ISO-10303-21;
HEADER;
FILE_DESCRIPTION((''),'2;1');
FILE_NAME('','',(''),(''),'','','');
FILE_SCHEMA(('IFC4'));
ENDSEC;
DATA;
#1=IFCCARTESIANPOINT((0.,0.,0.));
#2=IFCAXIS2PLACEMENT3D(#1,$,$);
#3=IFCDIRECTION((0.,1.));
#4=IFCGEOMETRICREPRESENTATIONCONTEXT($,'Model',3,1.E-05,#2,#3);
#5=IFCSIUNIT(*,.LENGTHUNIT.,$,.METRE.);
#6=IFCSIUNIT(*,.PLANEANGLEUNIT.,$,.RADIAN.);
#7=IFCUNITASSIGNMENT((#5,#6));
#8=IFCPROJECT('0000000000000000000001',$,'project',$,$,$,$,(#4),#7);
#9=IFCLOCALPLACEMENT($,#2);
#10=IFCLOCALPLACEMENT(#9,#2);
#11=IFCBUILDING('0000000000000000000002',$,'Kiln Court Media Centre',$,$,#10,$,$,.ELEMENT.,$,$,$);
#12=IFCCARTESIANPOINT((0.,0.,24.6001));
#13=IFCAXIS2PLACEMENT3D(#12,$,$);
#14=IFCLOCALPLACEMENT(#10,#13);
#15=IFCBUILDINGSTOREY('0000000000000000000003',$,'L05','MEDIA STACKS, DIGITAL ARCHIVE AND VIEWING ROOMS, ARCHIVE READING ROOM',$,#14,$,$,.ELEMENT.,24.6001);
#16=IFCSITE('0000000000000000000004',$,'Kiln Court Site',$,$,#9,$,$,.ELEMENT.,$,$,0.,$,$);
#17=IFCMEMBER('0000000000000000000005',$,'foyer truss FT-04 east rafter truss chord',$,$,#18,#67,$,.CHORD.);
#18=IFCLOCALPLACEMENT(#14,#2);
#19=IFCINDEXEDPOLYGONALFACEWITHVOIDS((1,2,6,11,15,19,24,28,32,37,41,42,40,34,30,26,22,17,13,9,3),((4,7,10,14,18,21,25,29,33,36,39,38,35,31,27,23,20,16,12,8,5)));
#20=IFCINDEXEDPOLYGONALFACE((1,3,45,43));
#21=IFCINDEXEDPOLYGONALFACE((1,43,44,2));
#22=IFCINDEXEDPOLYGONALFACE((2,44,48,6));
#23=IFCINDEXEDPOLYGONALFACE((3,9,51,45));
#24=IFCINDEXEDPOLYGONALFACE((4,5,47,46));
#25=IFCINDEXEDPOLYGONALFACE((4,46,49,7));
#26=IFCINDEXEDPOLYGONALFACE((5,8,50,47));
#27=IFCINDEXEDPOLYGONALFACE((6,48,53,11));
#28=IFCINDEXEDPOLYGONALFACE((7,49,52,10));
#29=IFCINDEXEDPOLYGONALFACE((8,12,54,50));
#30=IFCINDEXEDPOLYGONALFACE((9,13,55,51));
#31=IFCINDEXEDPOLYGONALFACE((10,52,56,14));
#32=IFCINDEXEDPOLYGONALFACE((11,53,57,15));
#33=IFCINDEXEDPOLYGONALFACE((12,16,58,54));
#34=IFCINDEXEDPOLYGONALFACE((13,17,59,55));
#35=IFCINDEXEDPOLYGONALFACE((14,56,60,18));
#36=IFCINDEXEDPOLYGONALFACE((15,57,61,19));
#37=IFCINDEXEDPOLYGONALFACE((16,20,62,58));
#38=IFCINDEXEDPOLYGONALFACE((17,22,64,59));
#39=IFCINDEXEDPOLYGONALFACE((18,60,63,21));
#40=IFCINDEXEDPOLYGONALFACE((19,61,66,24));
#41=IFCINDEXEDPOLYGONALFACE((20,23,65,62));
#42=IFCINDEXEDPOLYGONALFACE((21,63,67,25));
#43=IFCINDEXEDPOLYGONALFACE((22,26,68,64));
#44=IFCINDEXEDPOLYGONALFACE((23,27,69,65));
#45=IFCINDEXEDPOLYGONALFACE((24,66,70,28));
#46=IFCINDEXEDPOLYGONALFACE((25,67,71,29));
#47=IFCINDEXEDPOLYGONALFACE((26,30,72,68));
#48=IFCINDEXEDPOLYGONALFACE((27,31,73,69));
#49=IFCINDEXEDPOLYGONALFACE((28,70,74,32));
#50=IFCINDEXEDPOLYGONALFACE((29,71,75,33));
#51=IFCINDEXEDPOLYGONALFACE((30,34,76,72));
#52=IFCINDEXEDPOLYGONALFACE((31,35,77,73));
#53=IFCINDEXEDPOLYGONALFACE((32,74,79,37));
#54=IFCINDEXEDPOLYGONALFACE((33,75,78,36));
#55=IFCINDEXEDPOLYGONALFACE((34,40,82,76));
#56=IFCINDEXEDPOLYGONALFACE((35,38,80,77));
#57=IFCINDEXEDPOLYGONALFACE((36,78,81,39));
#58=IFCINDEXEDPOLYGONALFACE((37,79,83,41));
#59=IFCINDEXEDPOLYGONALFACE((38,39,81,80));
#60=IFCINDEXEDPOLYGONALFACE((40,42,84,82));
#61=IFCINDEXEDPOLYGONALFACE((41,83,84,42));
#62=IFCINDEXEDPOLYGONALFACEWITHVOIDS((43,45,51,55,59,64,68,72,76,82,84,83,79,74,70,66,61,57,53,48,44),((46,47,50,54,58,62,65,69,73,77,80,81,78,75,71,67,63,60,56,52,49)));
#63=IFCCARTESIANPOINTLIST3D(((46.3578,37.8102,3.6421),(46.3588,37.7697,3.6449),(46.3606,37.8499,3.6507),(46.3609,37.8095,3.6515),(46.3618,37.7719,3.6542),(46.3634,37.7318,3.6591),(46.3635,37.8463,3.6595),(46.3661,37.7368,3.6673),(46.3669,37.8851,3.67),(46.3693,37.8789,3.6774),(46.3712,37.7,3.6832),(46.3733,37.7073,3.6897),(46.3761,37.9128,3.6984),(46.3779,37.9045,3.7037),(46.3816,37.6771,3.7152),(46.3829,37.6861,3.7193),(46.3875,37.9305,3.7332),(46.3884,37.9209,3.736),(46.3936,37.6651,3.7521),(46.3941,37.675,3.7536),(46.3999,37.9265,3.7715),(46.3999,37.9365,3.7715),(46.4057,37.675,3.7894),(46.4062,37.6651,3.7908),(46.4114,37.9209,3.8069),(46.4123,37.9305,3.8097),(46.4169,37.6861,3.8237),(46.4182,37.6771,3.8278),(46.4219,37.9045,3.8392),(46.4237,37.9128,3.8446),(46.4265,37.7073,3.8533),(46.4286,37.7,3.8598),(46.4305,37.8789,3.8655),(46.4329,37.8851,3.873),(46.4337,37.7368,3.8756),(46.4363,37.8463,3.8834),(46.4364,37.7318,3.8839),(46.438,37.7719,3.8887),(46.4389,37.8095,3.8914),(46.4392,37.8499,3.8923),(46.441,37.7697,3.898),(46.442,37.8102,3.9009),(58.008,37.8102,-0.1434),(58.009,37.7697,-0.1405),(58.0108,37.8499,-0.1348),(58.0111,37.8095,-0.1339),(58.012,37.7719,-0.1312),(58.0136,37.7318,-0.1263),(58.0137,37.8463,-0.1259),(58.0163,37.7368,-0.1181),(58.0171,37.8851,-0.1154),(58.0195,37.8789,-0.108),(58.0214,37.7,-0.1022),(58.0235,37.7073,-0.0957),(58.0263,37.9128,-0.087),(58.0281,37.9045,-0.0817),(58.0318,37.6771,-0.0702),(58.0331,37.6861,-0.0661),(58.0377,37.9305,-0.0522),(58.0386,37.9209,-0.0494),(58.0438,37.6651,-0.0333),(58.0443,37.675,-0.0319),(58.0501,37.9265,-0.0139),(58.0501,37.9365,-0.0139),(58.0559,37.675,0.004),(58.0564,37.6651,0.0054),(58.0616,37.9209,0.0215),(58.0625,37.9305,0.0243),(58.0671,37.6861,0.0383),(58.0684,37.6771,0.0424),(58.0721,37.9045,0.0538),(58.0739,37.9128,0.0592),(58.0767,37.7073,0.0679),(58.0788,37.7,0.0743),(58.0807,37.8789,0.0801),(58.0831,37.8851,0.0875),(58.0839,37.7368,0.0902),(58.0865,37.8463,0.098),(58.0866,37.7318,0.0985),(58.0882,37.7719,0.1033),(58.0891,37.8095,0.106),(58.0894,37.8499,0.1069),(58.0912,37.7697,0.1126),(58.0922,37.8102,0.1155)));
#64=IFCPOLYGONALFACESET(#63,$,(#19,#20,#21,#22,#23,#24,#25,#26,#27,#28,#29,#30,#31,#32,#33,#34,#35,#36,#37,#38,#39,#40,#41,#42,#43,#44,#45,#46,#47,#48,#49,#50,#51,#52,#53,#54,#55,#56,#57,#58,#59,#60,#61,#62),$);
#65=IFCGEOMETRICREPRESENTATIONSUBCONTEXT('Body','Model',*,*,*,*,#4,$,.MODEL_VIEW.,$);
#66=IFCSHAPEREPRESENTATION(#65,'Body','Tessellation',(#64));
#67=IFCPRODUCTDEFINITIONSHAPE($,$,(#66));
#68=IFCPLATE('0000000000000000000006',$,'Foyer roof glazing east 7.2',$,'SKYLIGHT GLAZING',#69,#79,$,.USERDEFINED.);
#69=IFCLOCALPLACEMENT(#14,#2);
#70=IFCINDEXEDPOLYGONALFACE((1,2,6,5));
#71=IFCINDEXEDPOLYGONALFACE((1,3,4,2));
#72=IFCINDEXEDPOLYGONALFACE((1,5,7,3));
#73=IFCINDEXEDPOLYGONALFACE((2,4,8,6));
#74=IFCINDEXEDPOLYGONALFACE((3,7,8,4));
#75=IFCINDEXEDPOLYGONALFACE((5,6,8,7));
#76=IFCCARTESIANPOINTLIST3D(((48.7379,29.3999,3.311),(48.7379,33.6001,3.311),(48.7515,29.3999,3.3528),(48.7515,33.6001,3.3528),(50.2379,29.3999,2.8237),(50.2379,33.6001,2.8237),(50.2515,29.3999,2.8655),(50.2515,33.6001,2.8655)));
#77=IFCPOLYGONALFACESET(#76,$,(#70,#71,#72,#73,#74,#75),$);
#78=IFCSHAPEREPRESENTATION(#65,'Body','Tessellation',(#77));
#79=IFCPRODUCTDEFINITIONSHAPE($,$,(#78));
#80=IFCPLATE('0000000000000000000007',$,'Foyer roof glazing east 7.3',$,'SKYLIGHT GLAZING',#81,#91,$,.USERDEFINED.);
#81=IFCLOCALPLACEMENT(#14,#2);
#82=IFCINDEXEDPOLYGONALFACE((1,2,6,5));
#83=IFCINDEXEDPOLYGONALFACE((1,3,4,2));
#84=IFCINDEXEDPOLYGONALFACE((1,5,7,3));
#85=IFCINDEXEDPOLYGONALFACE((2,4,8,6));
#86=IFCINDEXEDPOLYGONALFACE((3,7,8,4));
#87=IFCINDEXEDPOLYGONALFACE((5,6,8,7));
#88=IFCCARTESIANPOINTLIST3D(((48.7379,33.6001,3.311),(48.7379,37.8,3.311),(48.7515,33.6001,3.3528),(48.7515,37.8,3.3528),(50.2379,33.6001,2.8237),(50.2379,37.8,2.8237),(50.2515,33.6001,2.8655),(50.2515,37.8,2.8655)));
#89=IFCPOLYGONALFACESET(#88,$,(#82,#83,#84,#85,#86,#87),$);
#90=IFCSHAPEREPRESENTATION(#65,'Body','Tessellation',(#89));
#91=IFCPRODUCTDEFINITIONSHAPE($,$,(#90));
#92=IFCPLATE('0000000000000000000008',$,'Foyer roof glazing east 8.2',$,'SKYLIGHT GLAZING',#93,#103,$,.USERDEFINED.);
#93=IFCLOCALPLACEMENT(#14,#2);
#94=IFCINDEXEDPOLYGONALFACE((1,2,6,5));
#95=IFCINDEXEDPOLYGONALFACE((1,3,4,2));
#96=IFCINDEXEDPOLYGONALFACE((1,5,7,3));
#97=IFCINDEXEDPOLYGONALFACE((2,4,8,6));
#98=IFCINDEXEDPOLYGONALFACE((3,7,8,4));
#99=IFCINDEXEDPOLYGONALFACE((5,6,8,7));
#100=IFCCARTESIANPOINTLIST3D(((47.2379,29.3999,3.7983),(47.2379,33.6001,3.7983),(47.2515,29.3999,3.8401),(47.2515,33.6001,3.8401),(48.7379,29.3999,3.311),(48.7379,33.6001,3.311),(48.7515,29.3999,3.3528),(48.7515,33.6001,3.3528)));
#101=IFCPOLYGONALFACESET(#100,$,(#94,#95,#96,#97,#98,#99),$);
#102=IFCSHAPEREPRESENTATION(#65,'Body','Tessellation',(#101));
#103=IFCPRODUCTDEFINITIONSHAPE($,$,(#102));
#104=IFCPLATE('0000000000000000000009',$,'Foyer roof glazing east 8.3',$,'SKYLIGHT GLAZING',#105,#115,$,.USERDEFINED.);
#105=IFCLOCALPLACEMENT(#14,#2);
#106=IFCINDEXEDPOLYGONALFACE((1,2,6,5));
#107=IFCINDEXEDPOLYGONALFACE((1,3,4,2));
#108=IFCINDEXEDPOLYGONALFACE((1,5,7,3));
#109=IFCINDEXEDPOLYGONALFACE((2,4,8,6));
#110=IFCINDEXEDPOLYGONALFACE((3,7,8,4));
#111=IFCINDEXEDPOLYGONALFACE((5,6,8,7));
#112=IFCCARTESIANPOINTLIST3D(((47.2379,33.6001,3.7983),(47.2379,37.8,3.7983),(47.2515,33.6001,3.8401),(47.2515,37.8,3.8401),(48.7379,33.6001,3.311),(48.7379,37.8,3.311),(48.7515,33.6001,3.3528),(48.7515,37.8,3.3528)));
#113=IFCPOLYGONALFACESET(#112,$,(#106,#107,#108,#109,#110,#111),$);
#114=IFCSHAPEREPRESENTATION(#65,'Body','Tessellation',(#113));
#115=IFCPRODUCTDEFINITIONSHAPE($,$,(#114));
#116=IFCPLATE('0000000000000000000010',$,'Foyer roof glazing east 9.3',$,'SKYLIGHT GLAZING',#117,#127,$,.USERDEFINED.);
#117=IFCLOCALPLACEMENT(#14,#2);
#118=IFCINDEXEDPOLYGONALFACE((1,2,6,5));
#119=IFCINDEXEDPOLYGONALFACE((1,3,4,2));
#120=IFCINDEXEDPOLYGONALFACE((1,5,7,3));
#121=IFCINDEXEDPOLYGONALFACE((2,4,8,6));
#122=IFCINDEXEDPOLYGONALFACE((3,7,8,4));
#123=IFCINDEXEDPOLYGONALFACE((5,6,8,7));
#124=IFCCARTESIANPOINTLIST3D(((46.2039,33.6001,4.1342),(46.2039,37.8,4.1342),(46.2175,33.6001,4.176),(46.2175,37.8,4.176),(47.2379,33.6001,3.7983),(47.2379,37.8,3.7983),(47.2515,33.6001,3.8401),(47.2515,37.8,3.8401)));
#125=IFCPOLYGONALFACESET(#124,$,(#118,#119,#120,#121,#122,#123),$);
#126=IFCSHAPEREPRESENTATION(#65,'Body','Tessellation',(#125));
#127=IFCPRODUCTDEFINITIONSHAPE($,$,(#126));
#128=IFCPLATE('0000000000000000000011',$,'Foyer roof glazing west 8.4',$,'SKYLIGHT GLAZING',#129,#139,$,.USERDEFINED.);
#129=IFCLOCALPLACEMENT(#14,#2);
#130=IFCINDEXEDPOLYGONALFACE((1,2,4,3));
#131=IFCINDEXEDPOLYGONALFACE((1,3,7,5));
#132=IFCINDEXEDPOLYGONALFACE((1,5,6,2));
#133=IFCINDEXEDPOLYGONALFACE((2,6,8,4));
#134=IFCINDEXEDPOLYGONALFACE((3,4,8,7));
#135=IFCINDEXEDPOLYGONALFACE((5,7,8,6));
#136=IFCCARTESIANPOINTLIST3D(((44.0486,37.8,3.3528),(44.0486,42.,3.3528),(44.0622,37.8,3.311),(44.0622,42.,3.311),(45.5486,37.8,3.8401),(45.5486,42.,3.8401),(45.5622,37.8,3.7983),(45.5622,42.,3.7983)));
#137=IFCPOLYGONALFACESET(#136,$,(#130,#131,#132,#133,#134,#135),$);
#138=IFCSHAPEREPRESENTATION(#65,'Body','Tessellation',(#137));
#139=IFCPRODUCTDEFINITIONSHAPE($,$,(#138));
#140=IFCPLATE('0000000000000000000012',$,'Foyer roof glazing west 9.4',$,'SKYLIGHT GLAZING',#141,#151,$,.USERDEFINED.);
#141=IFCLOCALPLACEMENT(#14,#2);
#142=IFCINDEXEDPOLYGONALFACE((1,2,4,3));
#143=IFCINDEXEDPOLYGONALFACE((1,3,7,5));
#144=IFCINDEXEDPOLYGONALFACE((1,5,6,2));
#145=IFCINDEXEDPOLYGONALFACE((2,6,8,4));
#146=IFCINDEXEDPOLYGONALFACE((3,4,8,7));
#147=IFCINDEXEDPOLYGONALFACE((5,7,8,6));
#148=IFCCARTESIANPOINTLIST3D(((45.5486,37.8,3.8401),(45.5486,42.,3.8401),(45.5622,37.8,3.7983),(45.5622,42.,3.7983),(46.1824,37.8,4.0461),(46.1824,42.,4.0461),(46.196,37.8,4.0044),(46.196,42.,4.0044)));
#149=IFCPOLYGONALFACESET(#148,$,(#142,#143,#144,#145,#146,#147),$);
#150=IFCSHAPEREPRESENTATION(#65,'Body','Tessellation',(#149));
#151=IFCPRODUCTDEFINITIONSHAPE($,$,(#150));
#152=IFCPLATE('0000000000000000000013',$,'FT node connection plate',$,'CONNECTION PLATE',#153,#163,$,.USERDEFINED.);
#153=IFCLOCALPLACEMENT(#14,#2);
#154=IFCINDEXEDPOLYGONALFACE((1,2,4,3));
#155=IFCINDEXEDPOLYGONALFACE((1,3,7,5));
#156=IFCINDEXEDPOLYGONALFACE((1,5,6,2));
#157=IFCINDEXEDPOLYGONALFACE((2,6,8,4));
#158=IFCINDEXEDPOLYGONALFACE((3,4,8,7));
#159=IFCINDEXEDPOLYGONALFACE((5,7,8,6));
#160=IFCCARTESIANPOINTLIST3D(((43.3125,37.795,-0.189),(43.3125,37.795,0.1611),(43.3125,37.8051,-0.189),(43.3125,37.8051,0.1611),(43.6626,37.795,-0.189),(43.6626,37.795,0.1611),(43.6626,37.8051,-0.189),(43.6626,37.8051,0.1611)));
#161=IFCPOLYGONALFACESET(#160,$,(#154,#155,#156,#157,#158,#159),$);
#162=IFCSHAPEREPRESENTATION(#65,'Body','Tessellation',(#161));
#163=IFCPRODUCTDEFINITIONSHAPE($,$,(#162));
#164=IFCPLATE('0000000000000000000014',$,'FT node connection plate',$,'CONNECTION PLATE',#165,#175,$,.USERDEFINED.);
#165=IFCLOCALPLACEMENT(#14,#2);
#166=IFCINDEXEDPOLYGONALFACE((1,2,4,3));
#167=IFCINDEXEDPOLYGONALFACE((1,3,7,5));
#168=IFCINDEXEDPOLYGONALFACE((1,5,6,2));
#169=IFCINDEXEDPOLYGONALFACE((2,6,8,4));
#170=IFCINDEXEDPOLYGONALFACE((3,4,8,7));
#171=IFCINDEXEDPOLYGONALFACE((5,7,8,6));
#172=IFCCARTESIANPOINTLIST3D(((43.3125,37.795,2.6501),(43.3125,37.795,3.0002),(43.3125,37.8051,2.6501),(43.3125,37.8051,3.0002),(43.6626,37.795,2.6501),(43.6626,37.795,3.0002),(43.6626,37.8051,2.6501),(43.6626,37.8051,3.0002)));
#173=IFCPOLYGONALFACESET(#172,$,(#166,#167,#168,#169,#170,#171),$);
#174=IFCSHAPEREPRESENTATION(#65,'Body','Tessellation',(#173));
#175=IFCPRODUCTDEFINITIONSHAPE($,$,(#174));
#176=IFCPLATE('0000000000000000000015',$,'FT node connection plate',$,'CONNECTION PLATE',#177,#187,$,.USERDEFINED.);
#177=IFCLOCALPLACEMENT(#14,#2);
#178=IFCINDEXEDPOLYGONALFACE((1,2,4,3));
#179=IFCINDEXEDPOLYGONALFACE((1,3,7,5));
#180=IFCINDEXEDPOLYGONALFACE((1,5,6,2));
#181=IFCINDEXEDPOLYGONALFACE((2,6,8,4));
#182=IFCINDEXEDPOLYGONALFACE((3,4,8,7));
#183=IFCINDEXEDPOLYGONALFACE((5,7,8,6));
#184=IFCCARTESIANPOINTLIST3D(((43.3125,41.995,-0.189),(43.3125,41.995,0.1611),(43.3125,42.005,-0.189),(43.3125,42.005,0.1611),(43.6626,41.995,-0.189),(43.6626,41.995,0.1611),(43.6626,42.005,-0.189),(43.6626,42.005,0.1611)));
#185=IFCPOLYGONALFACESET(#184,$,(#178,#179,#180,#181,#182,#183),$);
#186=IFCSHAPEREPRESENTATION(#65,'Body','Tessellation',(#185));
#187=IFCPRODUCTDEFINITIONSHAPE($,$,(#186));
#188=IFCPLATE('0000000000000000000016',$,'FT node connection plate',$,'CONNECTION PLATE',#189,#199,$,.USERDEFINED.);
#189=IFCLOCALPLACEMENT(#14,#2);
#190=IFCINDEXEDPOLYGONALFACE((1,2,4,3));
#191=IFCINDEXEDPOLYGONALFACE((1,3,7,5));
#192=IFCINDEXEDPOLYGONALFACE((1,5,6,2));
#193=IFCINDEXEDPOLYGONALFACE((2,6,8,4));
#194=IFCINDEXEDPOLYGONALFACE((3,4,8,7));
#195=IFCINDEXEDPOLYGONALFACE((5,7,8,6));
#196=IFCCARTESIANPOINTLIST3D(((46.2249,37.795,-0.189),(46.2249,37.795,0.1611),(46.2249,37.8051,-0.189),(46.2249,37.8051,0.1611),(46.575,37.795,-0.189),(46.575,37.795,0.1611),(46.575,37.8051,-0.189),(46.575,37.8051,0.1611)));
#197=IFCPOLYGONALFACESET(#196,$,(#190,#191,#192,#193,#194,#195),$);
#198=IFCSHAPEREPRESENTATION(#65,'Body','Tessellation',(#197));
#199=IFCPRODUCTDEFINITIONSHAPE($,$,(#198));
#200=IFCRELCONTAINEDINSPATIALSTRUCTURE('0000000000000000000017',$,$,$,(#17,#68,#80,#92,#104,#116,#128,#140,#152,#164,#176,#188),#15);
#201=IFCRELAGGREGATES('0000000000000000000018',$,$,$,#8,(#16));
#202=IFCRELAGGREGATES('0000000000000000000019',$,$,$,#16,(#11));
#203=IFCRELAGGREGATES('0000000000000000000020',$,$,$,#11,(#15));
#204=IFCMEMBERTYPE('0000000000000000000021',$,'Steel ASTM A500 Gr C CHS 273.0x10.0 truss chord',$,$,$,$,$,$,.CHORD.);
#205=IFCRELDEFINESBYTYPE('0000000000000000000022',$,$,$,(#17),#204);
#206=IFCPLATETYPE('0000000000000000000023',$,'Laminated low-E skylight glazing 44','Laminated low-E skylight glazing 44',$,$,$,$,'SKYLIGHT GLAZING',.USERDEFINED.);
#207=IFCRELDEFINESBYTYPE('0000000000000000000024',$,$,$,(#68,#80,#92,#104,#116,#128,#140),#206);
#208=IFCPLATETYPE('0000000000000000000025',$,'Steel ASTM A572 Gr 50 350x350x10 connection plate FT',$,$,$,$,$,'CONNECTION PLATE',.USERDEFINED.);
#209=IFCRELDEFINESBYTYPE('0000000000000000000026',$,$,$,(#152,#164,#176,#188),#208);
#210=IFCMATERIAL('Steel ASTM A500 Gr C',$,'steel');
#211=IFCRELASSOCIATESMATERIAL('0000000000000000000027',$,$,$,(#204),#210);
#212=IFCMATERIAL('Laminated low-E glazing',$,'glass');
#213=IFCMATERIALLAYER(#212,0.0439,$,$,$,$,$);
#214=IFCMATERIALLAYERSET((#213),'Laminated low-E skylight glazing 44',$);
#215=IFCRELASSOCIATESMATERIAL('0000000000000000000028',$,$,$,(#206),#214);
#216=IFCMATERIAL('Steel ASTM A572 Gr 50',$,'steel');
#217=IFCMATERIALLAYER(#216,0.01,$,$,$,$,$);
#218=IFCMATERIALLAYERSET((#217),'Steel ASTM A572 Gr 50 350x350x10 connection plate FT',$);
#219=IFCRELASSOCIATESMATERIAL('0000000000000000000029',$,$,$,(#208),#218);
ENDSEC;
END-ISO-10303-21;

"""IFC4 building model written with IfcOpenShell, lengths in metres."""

from ifc_helpers import new_model, si_unit, direction, frame, origin, origin_2d, place, context, subcontext, project, spatial, polyline, rectangle, hollow_circle, outline, extrude, material, layer, layer_set, material_profile, profile_set, type_object, element, save


model = new_model("IFC4")

# Units and contexts
model_context = context("Model", 3, precision=1e-05, world=origin(), true_north=direction((0.0, 1.0)))
body_context = subcontext(model_context, "Body", "Model", "MODEL_VIEW")
ifc_project = project(units=[si_unit("LENGTHUNIT", "METRE"), si_unit("PLANEANGLEUNIT", "RADIAN")], contexts=[model_context])

# Site, building, storey
site_placement = place(None, origin())
site = spatial("IfcSite", under=ifc_project, at=site_placement, Name="Kiln Court Site", CompositionType="ELEMENT", RefElevation=0.0)
building_placement = place(site_placement, origin())
building = spatial("IfcBuilding", under=site, at=building_placement, Name="Kiln Court Media Centre", CompositionType="ELEMENT")
storey_placement = place(building_placement, frame((0.0, 0.0, 24.6001)))
storey = spatial("IfcBuildingStorey", under=building, at=storey_placement, Name="L05", Description="MEDIA STACKS, DIGITAL ARCHIVE AND VIEWING ROOMS, ARCHIVE READING ROOM", CompositionType="ELEMENT", Elevation=24.6001)

# Member
ifc_material_1 = material(Name="Steel ASTM A500 Gr C", Category="steel")
ifc_material_profile_1 = material_profile(ifc_material_1, hollow_circle(Radius=0.1365, WallThickness=0.01, at=origin_2d()), Name="CHS 273.0x10.0")
ifc_profile_set_1 = profile_set([ifc_material_profile_1], Name="Steel ASTM A500 Gr C")
member_type_1 = type_object("IfcMemberType", Name="Steel ASTM A500 Gr C CHS 273.0x10.0 truss chord", PredefinedType="CHORD", material=ifc_profile_set_1)
member_1_placement = place(storey_placement, frame((46.3999, 37.8, 3.7715), z_axis=(0.951056, 0.0, -0.30902), x_axis=(0.0, 1.0, 0.0)))
element("IfcMember", 1, at=member_1_placement, inside=storey, type_object=member_type_1, Name="foyer truss FT-04 east rafter truss chord", PredefinedType="CHORD", context=body_context, shape_type="SweptSolid", body=[
    extrude(hollow_circle(Radius=0.1365, WallThickness=0.01, at=origin_2d()), origin(), (0.0, 0.0, 1.0), 12.2498),
])

# Plates
ifc_material_2 = material(Name="Laminated low-E glazing", Category="glass")
ifc_layer_1 = layer(ifc_material_2, 0.0439)
ifc_layer_set_1 = layer_set([ifc_layer_1], Name="Laminated low-E skylight glazing 44")
plate_type_1 = type_object("IfcPlateType", Name="Laminated low-E skylight glazing 44", Description="Laminated low-E skylight glazing 44", ElementType="SKYLIGHT GLAZING", PredefinedType="USERDEFINED", material=ifc_layer_set_1)
plate_1_placement = place(storey_placement, frame((50.2515, 33.6001, 2.8655), z_axis=(0.308974, 0.0, 0.95107), x_axis=(-0.95107, 0.0, 0.308974)))
element("IfcPlate", 2, at=plate_1_placement, inside=storey, type_object=plate_type_1, Name="Foyer roof glazing east 7.2", ObjectType="SKYLIGHT GLAZING", PredefinedType="USERDEFINED", context=body_context, shape_type="SweptSolid", body=[
    extrude(outline(polyline([(0.0, 0.0), (1.5772, 0.0), (1.5772, 4.2002), (0.0, 4.2002), (0.0, 0.0)])), origin(), (0.0, 0.0, -1.0), 0.0439),
])
plate_2_placement = place(storey_placement, frame((50.2515, 37.8, 2.8655), z_axis=(0.308974, 0.0, 0.95107), x_axis=(-0.95107, 0.0, 0.308974)))
element("IfcPlate", 3, at=plate_2_placement, inside=storey, type_object=plate_type_1, Name="Foyer roof glazing east 7.3", ObjectType="SKYLIGHT GLAZING", PredefinedType="USERDEFINED", context=body_context, shape_type="SweptSolid", body=[
    extrude(outline(polyline([(0.0, 0.0), (1.5772, 0.0), (1.5772, 4.2), (0.0, 4.2), (0.0, 0.0)])), origin(), (0.0, 0.0, -1.0), 0.0439),
])
plate_3_placement = place(storey_placement, frame((48.7515, 33.6001, 3.3528), z_axis=(0.308974, 0.0, 0.95107), x_axis=(-0.95107, 0.0, 0.308974)))
element("IfcPlate", 4, at=plate_3_placement, inside=storey, type_object=plate_type_1, Name="Foyer roof glazing east 8.2", ObjectType="SKYLIGHT GLAZING", PredefinedType="USERDEFINED", context=body_context, shape_type="SweptSolid", body=[
    extrude(outline(polyline([(0.0, 0.0), (1.5772, 0.0), (1.5772, 4.2002), (0.0, 4.2002), (0.0, 0.0)])), origin(), (0.0, 0.0, -1.0), 0.0439),
])
plate_4_placement = place(storey_placement, frame((48.7515, 37.8, 3.3528), z_axis=(0.308974, 0.0, 0.95107), x_axis=(-0.95107, 0.0, 0.308974)))
element("IfcPlate", 5, at=plate_4_placement, inside=storey, type_object=plate_type_1, Name="Foyer roof glazing east 8.3", ObjectType="SKYLIGHT GLAZING", PredefinedType="USERDEFINED", context=body_context, shape_type="SweptSolid", body=[
    extrude(outline(polyline([(0.0, 0.0), (1.5772, 0.0), (1.5772, 4.2), (0.0, 4.2), (0.0, 0.0)])), origin(), (0.0, 0.0, -1.0), 0.0439),
])
plate_5_placement = place(storey_placement, frame((47.2515, 37.8, 3.8401), z_axis=(0.30901, 0.0, 0.951059), x_axis=(-0.951059, 0.0, 0.30901)))
element("IfcPlate", 6, at=plate_5_placement, inside=storey, type_object=plate_type_1, Name="Foyer roof glazing east 9.3", ObjectType="SKYLIGHT GLAZING", PredefinedType="USERDEFINED", context=body_context, shape_type="SweptSolid", body=[
    extrude(outline(polyline([(0.0, 0.0), (1.0871, 0.0), (1.0871, 4.2), (0.0, 4.2), (0.0, 0.0)])), origin(), (0.0, 0.0, -1.0), 0.0439),
])
plate_6_placement = place(storey_placement, frame((44.0486, 37.8, 3.3528), z_axis=(-0.308974, 0.0, 0.95107), x_axis=(0.95107, 0.0, 0.308974)))
element("IfcPlate", 7, at=plate_6_placement, inside=storey, type_object=plate_type_1, Name="Foyer roof glazing west 8.4", ObjectType="SKYLIGHT GLAZING", PredefinedType="USERDEFINED", context=body_context, shape_type="SweptSolid", body=[
    extrude(outline(polyline([(0.0, 0.0), (1.5772, 0.0), (1.5772, 4.2), (0.0, 4.2), (0.0, 0.0)])), origin(), (0.0, 0.0, -1.0), 0.0439),
])
plate_7_placement = place(storey_placement, frame((45.5486, 37.8, 3.8401), z_axis=(-0.309185, 0.0, 0.951002), x_axis=(0.951002, 0.0, 0.309185)))
element("IfcPlate", 8, at=plate_7_placement, inside=storey, type_object=plate_type_1, Name="Foyer roof glazing west 9.4", ObjectType="SKYLIGHT GLAZING", PredefinedType="USERDEFINED", context=body_context, shape_type="SweptSolid", body=[
    extrude(outline(polyline([(0.0, 0.0), (0.6664, 0.0), (0.6664, 4.2), (0.0, 4.2), (0.0, 0.0)])), origin(), (0.0, 0.0, -1.0), 0.0439),
])
ifc_material_3 = material(Name="Steel ASTM A572 Gr 50", Category="steel")
ifc_layer_2 = layer(ifc_material_3, 0.01)
ifc_layer_set_2 = layer_set([ifc_layer_2], Name="Steel ASTM A572 Gr 50 350x350x10 connection plate FT")
plate_type_2 = type_object("IfcPlateType", Name="Steel ASTM A572 Gr 50 350x350x10 connection plate FT", ElementType="CONNECTION PLATE", PredefinedType="USERDEFINED", material=ifc_layer_set_2)
for number, where, z_axis, x_axis, name in (
    (9, (43.4875, 37.8, -0.189), (0.0, 0.0, 1.0), (1.0, 0.0, 0.0), "FT node connection plate"),
    (10, (43.4875, 37.8, 2.6501), (0.0, 0.0, 1.0), (1.0, 0.0, 0.0), "FT node connection plate"),
    (11, (43.4875, 42.0, -0.189), (0.0, 0.0, 1.0), (1.0, 0.0, 0.0), "FT node connection plate"),
    (12, (46.3999, 37.8, -0.189), (0.0, 0.0, 1.0), (1.0, 0.0, 0.0), "FT node connection plate"),
):
    element("IfcPlate", number, at=place(storey_placement, frame(where, z_axis=z_axis, x_axis=x_axis)), inside=storey, type_object=plate_type_2, Name=name, ObjectType="CONNECTION PLATE", PredefinedType="USERDEFINED", context=body_context, shape_type="SweptSolid", body=[
        extrude(rectangle(XDim=0.3501, YDim=0.01, at=origin_2d()), origin(), (0.0, 0.0, 1.0), 0.3501),
    ])

save(model, "model.ifc")
